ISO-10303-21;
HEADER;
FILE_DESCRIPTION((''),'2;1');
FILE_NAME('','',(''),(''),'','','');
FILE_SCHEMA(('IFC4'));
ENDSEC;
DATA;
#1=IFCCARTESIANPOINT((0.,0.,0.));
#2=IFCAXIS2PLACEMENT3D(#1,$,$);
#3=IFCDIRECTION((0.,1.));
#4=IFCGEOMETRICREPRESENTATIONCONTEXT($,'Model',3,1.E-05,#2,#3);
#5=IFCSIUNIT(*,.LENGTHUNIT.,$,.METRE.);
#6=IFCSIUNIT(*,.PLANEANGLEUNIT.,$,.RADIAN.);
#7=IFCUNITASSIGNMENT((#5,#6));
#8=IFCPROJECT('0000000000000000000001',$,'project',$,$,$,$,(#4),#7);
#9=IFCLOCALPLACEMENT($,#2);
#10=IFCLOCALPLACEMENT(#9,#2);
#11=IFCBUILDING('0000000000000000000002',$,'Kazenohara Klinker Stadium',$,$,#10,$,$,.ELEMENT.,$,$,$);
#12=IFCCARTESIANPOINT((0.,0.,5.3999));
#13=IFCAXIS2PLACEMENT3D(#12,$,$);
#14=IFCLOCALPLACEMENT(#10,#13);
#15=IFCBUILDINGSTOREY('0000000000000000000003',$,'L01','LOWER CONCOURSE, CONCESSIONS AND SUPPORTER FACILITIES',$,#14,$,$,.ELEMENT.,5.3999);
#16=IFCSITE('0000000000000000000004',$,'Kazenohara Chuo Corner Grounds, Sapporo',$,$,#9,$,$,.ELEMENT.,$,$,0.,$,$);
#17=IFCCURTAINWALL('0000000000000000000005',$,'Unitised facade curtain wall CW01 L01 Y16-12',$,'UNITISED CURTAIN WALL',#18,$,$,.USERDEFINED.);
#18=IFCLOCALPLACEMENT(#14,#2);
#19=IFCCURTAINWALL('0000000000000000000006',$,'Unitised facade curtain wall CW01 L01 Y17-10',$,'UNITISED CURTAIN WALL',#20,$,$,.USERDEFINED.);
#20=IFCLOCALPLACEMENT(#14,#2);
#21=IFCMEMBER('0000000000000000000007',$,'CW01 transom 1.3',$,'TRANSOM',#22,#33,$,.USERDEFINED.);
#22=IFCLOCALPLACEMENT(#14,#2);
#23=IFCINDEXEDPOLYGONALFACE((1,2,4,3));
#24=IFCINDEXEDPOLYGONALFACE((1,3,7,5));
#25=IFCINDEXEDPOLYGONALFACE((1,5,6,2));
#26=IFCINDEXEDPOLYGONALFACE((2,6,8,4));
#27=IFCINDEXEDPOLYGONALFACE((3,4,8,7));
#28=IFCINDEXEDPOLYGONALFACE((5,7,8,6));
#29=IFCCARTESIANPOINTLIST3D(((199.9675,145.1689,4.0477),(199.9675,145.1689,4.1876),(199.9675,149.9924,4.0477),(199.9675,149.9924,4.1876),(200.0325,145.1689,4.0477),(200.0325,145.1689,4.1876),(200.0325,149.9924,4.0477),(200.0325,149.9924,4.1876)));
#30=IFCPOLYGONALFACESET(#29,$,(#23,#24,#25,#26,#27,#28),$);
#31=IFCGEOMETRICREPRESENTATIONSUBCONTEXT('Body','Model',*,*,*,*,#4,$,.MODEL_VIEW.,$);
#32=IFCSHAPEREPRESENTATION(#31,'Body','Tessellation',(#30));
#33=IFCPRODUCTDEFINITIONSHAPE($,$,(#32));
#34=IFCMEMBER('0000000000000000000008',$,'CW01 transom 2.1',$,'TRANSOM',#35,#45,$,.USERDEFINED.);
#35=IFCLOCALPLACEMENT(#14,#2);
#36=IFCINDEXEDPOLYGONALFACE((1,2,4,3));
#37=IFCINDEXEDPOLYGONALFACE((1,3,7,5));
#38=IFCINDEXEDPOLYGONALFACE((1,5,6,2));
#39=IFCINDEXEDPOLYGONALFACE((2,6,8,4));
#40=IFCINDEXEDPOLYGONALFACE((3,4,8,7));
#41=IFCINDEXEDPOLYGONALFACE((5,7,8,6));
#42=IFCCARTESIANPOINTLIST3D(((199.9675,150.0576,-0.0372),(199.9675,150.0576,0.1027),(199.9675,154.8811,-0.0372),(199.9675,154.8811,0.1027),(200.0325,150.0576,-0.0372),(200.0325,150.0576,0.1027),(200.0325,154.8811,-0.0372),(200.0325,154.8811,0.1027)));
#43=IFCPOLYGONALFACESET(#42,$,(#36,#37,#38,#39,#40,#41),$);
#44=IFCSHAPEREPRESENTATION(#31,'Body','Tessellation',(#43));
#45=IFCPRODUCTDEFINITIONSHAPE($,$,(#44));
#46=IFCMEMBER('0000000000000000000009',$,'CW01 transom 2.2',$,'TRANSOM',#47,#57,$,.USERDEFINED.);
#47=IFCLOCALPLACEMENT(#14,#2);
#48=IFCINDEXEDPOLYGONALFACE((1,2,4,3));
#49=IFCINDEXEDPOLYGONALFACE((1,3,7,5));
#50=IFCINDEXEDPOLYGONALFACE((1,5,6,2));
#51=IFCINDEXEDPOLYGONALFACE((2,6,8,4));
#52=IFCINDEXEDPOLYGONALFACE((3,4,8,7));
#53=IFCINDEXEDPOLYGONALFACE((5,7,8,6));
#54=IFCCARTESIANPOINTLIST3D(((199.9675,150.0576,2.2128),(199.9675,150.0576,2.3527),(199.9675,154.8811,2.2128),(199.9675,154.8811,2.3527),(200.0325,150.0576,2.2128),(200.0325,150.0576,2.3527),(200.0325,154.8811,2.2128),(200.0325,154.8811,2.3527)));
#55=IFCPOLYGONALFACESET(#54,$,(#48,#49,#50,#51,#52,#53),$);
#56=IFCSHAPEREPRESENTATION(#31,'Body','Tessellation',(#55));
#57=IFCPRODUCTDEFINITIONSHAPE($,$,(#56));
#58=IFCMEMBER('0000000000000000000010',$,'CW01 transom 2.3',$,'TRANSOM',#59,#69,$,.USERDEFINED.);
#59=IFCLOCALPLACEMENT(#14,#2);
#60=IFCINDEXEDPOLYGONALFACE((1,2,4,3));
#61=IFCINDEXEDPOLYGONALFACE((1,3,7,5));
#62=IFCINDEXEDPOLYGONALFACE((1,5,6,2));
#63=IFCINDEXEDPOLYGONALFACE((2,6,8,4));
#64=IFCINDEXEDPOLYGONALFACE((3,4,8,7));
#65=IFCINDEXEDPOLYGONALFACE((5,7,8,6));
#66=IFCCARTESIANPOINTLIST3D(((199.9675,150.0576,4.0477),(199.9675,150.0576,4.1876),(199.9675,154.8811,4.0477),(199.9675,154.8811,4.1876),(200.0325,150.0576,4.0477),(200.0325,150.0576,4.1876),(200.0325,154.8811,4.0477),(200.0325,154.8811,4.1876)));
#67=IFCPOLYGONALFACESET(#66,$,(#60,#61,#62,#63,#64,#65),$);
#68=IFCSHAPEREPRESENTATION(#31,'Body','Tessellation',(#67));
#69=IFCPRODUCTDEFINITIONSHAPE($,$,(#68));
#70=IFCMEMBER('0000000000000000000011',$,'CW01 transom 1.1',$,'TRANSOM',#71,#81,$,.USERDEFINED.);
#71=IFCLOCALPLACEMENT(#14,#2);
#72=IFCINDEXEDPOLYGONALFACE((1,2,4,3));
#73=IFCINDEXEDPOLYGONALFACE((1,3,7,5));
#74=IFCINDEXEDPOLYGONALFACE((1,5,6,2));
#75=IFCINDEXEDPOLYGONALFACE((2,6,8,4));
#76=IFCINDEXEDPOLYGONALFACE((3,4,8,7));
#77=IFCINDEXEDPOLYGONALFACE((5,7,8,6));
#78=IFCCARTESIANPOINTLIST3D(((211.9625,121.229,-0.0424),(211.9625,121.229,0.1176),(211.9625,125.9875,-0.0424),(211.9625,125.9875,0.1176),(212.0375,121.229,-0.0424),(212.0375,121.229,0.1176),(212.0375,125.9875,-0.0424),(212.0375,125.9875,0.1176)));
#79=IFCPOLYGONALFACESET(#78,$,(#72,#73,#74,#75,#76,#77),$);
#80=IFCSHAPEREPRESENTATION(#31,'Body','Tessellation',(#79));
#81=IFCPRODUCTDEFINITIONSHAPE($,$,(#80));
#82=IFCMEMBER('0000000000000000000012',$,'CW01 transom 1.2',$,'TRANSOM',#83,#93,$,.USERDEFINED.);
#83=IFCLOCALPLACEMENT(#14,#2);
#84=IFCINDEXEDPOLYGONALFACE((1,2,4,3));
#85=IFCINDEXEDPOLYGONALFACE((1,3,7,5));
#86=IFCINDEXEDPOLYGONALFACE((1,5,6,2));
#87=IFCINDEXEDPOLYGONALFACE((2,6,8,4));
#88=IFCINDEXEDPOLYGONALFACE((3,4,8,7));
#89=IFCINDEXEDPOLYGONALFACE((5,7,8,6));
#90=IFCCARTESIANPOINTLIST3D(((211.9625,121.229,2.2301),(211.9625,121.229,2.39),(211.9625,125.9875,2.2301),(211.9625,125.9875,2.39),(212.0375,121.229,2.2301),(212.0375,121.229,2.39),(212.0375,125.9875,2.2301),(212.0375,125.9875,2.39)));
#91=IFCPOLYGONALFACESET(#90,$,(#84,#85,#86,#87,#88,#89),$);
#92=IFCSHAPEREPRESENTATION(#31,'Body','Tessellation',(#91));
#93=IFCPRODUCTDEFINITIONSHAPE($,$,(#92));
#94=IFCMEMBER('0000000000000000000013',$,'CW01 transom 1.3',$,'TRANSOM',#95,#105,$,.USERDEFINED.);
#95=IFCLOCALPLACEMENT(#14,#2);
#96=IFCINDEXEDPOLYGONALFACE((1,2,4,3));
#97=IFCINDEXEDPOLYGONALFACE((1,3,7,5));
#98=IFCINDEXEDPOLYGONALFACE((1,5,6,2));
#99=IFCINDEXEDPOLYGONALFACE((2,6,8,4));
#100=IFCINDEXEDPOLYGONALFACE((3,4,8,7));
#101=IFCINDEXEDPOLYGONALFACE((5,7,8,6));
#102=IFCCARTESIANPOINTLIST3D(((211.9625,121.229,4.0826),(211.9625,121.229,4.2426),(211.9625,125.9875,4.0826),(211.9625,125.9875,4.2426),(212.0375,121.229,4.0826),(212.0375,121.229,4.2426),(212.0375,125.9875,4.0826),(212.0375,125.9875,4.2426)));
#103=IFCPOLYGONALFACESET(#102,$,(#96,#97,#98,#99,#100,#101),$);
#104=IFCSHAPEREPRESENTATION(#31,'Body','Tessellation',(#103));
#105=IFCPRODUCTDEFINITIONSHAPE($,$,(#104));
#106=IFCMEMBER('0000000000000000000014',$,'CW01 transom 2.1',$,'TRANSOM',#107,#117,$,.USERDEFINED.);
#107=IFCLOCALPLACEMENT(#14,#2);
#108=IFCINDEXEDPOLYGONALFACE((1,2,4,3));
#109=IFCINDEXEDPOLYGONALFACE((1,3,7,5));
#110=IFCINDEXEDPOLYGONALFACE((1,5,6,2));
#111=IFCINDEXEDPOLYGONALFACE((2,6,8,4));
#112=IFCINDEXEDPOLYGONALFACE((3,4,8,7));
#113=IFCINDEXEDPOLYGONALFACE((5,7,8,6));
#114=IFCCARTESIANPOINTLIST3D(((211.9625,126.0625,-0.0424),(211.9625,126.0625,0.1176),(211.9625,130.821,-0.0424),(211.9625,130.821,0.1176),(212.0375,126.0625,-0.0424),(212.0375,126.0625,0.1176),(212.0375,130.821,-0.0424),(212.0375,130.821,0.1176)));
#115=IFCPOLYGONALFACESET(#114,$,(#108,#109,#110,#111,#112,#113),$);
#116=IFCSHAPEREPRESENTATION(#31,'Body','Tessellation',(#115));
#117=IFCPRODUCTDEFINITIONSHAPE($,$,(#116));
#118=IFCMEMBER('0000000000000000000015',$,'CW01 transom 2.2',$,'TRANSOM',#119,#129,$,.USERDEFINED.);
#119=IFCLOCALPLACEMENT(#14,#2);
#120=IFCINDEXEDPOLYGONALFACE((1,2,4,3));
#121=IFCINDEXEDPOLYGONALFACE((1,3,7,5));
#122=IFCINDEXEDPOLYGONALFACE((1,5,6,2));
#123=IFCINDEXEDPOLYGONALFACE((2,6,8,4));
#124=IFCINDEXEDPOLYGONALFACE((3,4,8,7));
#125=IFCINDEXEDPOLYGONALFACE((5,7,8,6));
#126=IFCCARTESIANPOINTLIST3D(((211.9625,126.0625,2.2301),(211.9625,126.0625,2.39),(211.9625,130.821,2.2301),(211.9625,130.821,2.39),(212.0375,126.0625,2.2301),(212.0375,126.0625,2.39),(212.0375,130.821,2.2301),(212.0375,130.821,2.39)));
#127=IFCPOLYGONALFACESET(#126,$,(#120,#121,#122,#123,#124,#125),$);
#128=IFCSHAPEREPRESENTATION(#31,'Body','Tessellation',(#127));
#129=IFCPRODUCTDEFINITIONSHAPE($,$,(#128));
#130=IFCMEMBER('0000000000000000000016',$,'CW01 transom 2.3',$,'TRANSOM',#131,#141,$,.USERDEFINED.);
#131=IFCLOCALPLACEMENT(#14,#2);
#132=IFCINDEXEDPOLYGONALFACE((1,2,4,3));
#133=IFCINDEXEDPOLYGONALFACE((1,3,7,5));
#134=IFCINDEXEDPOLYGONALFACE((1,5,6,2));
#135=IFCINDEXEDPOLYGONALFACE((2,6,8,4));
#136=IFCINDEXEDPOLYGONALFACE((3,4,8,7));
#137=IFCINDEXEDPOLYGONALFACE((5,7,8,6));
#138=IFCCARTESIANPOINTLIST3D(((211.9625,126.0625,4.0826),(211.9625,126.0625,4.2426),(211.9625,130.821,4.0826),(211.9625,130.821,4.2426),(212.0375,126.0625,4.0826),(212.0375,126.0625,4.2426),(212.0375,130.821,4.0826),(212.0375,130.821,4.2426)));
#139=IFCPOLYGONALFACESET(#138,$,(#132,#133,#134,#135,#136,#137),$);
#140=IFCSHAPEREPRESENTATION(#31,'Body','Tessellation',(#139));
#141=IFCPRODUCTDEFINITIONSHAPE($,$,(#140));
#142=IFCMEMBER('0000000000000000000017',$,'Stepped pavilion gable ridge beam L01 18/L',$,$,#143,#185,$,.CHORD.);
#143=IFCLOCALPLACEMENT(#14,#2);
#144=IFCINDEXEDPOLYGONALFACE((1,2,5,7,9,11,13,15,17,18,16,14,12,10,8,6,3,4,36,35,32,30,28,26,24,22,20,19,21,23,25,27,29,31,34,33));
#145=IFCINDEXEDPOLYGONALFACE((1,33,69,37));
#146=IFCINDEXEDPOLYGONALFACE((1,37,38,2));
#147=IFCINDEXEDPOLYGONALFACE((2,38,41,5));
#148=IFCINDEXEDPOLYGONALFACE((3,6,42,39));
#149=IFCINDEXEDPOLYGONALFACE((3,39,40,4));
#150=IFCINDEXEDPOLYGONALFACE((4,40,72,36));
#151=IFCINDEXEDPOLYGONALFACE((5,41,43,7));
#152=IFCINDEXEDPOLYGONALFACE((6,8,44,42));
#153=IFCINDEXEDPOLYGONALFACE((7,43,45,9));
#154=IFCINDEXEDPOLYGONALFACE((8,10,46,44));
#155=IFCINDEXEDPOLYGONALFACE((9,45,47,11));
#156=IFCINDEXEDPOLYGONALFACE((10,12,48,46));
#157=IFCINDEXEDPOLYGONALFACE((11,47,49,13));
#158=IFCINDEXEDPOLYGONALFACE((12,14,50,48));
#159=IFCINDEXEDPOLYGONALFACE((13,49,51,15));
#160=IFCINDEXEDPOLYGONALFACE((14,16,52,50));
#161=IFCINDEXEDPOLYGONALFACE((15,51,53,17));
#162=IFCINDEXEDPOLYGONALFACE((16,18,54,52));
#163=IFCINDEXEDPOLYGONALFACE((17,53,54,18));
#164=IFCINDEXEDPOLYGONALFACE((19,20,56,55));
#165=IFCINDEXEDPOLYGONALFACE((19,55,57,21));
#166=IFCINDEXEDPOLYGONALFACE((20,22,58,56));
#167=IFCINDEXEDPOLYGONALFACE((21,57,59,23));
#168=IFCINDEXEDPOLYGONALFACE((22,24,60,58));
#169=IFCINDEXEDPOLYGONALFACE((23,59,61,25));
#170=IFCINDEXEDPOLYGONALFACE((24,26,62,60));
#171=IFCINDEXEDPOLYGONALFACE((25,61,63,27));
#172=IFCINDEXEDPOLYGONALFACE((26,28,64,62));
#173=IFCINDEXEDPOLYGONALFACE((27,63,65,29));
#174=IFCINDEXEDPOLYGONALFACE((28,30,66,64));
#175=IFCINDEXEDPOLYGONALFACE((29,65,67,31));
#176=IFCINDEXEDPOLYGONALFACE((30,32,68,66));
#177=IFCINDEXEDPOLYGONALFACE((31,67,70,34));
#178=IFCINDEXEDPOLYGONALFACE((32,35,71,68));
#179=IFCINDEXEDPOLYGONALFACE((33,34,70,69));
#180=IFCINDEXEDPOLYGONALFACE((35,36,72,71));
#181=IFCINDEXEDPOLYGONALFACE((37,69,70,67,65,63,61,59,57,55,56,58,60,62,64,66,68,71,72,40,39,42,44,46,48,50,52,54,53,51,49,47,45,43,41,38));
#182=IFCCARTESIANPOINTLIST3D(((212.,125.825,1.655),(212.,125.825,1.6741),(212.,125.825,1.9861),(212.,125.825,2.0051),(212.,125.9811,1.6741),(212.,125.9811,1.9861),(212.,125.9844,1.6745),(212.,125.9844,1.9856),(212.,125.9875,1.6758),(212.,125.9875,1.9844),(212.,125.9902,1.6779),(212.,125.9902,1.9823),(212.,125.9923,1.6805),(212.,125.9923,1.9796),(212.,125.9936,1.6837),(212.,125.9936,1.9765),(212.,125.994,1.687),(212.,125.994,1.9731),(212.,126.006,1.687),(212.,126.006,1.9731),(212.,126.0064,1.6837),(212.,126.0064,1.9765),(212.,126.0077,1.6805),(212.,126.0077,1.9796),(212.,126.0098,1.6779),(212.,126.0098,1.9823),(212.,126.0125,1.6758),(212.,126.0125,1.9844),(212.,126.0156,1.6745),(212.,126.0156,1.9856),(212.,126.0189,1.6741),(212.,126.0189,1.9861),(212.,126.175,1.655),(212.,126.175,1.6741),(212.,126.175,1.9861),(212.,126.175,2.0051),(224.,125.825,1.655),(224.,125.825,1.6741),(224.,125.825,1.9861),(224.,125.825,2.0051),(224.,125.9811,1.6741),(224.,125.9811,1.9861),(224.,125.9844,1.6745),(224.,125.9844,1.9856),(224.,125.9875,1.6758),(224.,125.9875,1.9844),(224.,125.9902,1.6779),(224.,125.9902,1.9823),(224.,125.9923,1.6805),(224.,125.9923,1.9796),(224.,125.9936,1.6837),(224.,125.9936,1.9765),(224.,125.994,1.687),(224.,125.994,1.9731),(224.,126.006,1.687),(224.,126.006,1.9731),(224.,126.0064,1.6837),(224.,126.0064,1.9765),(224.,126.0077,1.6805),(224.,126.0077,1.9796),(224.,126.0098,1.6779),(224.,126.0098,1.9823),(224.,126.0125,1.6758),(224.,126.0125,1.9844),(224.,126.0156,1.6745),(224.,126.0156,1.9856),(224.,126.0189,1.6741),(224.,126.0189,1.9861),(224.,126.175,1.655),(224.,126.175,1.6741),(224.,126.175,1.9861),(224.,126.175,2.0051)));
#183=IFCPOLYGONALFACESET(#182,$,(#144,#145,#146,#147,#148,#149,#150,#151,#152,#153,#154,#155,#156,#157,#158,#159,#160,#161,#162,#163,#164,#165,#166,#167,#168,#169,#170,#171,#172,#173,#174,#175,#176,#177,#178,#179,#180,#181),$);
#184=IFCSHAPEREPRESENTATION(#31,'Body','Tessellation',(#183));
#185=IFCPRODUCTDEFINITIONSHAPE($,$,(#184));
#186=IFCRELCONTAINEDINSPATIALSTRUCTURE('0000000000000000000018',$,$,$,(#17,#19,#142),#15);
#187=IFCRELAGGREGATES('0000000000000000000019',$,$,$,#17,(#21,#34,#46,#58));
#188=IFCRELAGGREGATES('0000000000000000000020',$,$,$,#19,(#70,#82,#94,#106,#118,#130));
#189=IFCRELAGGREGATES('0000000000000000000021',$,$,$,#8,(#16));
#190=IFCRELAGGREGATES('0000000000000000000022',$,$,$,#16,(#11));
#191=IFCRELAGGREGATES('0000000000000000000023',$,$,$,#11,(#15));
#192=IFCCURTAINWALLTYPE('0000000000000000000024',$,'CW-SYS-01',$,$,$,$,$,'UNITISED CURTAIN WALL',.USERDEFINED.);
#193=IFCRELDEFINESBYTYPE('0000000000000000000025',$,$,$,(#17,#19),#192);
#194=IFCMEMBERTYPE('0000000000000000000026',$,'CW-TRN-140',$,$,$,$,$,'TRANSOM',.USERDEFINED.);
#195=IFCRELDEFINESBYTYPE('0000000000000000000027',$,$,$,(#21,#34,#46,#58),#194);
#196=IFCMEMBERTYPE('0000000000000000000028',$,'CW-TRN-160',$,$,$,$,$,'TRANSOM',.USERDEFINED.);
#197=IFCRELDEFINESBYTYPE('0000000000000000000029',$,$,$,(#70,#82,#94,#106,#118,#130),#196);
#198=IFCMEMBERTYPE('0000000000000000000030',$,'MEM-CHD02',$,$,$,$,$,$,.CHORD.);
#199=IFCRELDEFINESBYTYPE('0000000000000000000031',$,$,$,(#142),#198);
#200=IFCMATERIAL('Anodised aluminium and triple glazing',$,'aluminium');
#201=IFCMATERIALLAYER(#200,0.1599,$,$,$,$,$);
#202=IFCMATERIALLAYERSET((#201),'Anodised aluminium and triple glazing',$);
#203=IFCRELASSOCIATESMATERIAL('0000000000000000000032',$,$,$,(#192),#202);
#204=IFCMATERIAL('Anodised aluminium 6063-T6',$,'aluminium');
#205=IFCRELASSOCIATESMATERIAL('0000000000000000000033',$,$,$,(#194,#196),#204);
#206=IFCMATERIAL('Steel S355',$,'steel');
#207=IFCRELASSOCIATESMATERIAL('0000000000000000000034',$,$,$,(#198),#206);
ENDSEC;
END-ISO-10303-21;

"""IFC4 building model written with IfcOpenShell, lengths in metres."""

from ifc_helpers import new_model, si_unit, direction, frame, origin, origin_2d, place, context, subcontext, project, spatial, rectangle, i_section, extrude, material, layer, layer_set, material_profile, profile_set, type_object, element, aggregate, save


model = new_model("IFC4")

# Units and contexts
model_context = context("Model", 3, precision=1e-05, world=origin(), true_north=direction((0.0, 1.0)))
body_context = subcontext(model_context, "Body", "Model", "MODEL_VIEW")
ifc_project = project(units=[si_unit("LENGTHUNIT", "METRE"), si_unit("PLANEANGLEUNIT", "RADIAN")], contexts=[model_context])

# Site, building, storey
site_placement = place(None, origin())
site = spatial("IfcSite", under=ifc_project, at=site_placement, Name="Kazenohara Chuo Corner Grounds, Sapporo", CompositionType="ELEMENT", RefElevation=0.0)
building_placement = place(site_placement, origin())
building = spatial("IfcBuilding", under=site, at=building_placement, Name="Kazenohara Klinker Stadium", CompositionType="ELEMENT")
storey_placement = place(building_placement, frame((0.0, 0.0, 5.3999)))
storey = spatial("IfcBuildingStorey", under=building, at=storey_placement, Name="L01", Description="LOWER CONCOURSE, CONCESSIONS AND SUPPORTER FACILITIES", CompositionType="ELEMENT", Elevation=5.3999)

# Shared definitions
ifc_material_1 = material(Name="Steel S355", Category="steel")

# Curtain walls
ifc_material_2 = material(Name="Anodised aluminium and triple glazing", Category="aluminium")
ifc_layer_1 = layer(ifc_material_2, 0.1599)
ifc_layer_set_1 = layer_set([ifc_layer_1], Name="Anodised aluminium and triple glazing")
curtain_wall_type = type_object("IfcCurtainWallType", Name="CW-SYS-01", ElementType="UNITISED CURTAIN WALL", PredefinedType="USERDEFINED", material=ifc_layer_set_1)
curtain_wall_1_placement = place(storey_placement, origin())
curtain_wall_1 = element("IfcCurtainWall", 1, at=curtain_wall_1_placement, inside=storey, type_object=curtain_wall_type, Name="Unitised facade curtain wall CW01 L01 Y16-12", ObjectType="UNITISED CURTAIN WALL", PredefinedType="USERDEFINED")
ifc_material_3 = material(Name="Anodised aluminium 6063-T6", Category="aluminium")
curtain_wall_2_placement = place(storey_placement, origin())
curtain_wall_2 = element("IfcCurtainWall", 2, at=curtain_wall_2_placement, inside=storey, type_object=curtain_wall_type, Name="Unitised facade curtain wall CW01 L01 Y17-10", ObjectType="UNITISED CURTAIN WALL", PredefinedType="USERDEFINED")

# Members
ifc_material_profile_1 = material_profile(ifc_material_3, rectangle(XDim=0.0649, YDim=0.1399, at=origin_2d()), Name="ALU-TRN-65x140")
ifc_profile_set_1 = profile_set([ifc_material_profile_1], Name="Anodised aluminium 6063-T6")
member_type_1 = type_object("IfcMemberType", Name="CW-TRN-140", ElementType="TRANSOM", PredefinedType="USERDEFINED", material=ifc_profile_set_1)
member_1_placement = place(storey_placement, frame((200.0, 145.1689, 4.1177), z_axis=(0.0, 1.0, 0.0), x_axis=(-1.0, 0.0, 0.0)))
member_1 = element("IfcMember", 3, at=member_1_placement, type_object=member_type_1, Name="CW01 transom 1.3", ObjectType="TRANSOM", PredefinedType="USERDEFINED", context=body_context, shape_type="SweptSolid", body=[
    extrude(rectangle(XDim=0.0649, YDim=0.1399, at=origin_2d()), origin(), (0.0, 0.0, 1.0), 4.8235),
])
member_2_placement = place(storey_placement, frame((200.0, 150.0576, 0.0327), z_axis=(0.0, 1.0, 0.0), x_axis=(-1.0, 0.0, 0.0)))
member_2 = element("IfcMember", 4, at=member_2_placement, type_object=member_type_1, Name="CW01 transom 2.1", ObjectType="TRANSOM", PredefinedType="USERDEFINED", context=body_context, shape_type="SweptSolid", body=[
    extrude(rectangle(XDim=0.0649, YDim=0.1399, at=origin_2d()), origin(), (0.0, 0.0, 1.0), 4.8235),
])
member_3_placement = place(storey_placement, frame((200.0, 150.0576, 2.2827), z_axis=(0.0, 1.0, 0.0), x_axis=(-1.0, 0.0, 0.0)))
member_3 = element("IfcMember", 5, at=member_3_placement, type_object=member_type_1, Name="CW01 transom 2.2", ObjectType="TRANSOM", PredefinedType="USERDEFINED", context=body_context, shape_type="SweptSolid", body=[
    extrude(rectangle(XDim=0.0649, YDim=0.1399, at=origin_2d()), origin(), (0.0, 0.0, 1.0), 4.8235),
])
member_4_placement = place(storey_placement, frame((200.0, 150.0576, 4.1177), z_axis=(0.0, 1.0, 0.0), x_axis=(-1.0, 0.0, 0.0)))
member_4 = element("IfcMember", 6, at=member_4_placement, type_object=member_type_1, Name="CW01 transom 2.3", ObjectType="TRANSOM", PredefinedType="USERDEFINED", context=body_context, shape_type="SweptSolid", body=[
    extrude(rectangle(XDim=0.0649, YDim=0.1399, at=origin_2d()), origin(), (0.0, 0.0, 1.0), 4.8235),
])
ifc_material_profile_2 = material_profile(ifc_material_3, rectangle(XDim=0.075, YDim=0.1599, at=origin_2d()), Name="ALU-TRN-75x160")
ifc_profile_set_2 = profile_set([ifc_material_profile_2], Name="Anodised aluminium 6063-T6")
member_type_2 = type_object("IfcMemberType", Name="CW-TRN-160", ElementType="TRANSOM", PredefinedType="USERDEFINED", material=ifc_profile_set_2)
member_5_placement = place(storey_placement, frame((212.0, 121.229, 0.0376), z_axis=(0.0, 1.0, 0.0), x_axis=(-1.0, 0.0, 0.0)))
member_5 = element("IfcMember", 7, at=member_5_placement, type_object=member_type_2, Name="CW01 transom 1.1", ObjectType="TRANSOM", PredefinedType="USERDEFINED", context=body_context, shape_type="SweptSolid", body=[
    extrude(rectangle(XDim=0.075, YDim=0.1599, at=origin_2d()), origin(), (0.0, 0.0, 1.0), 4.7585),
])
member_6_placement = place(storey_placement, frame((212.0, 121.229, 2.3101), z_axis=(0.0, 1.0, 0.0), x_axis=(-1.0, 0.0, 0.0)))
member_6 = element("IfcMember", 8, at=member_6_placement, type_object=member_type_2, Name="CW01 transom 1.2", ObjectType="TRANSOM", PredefinedType="USERDEFINED", context=body_context, shape_type="SweptSolid", body=[
    extrude(rectangle(XDim=0.075, YDim=0.1599, at=origin_2d()), origin(), (0.0, 0.0, 1.0), 4.7585),
])
member_7_placement = place(storey_placement, frame((212.0, 121.229, 4.1626), z_axis=(0.0, 1.0, 0.0), x_axis=(-1.0, 0.0, 0.0)))
member_7 = element("IfcMember", 9, at=member_7_placement, type_object=member_type_2, Name="CW01 transom 1.3", ObjectType="TRANSOM", PredefinedType="USERDEFINED", context=body_context, shape_type="SweptSolid", body=[
    extrude(rectangle(XDim=0.075, YDim=0.1599, at=origin_2d()), origin(), (0.0, 0.0, 1.0), 4.7585),
])
member_8_placement = place(storey_placement, frame((212.0, 126.0625, 0.0376), z_axis=(0.0, 1.0, 0.0), x_axis=(-1.0, 0.0, 0.0)))
member_8 = element("IfcMember", 10, at=member_8_placement, type_object=member_type_2, Name="CW01 transom 2.1", ObjectType="TRANSOM", PredefinedType="USERDEFINED", context=body_context, shape_type="SweptSolid", body=[
    extrude(rectangle(XDim=0.075, YDim=0.1599, at=origin_2d()), origin(), (0.0, 0.0, 1.0), 4.7585),
])
member_9_placement = place(storey_placement, frame((212.0, 126.0625, 2.3101), z_axis=(0.0, 1.0, 0.0), x_axis=(-1.0, 0.0, 0.0)))
member_9 = element("IfcMember", 11, at=member_9_placement, type_object=member_type_2, Name="CW01 transom 2.2", ObjectType="TRANSOM", PredefinedType="USERDEFINED", context=body_context, shape_type="SweptSolid", body=[
    extrude(rectangle(XDim=0.075, YDim=0.1599, at=origin_2d()), origin(), (0.0, 0.0, 1.0), 4.7585),
])
member_10_placement = place(storey_placement, frame((212.0, 126.0625, 4.1626), z_axis=(0.0, 1.0, 0.0), x_axis=(-1.0, 0.0, 0.0)))
member_10 = element("IfcMember", 12, at=member_10_placement, type_object=member_type_2, Name="CW01 transom 2.3", ObjectType="TRANSOM", PredefinedType="USERDEFINED", context=body_context, shape_type="SweptSolid", body=[
    extrude(rectangle(XDim=0.075, YDim=0.1599, at=origin_2d()), origin(), (0.0, 0.0, 1.0), 4.7585),
])

# Member
ifc_material_profile_3 = material_profile(ifc_material_1, i_section(OverallWidth=0.3501, OverallDepth=0.3501, WebThickness=0.012, FlangeThickness=0.019, FilletRadius=0.0129, at=origin_2d()), Name="H-350x350x12x19")
ifc_profile_set_3 = profile_set([ifc_material_profile_3], Name="Steel S355")
member_type_3 = type_object("IfcMemberType", Name="MEM-CHD02", PredefinedType="CHORD", material=ifc_profile_set_3)
member_11_placement = place(storey_placement, frame((212.0, 126.0, 1.8301), z_axis=(1.0, 0.0, 0.0), x_axis=(0.0, 1.0, 0.0)))
element("IfcMember", 13, at=member_11_placement, inside=storey, type_object=member_type_3, Name="Stepped pavilion gable ridge beam L01 18/L", PredefinedType="CHORD", context=body_context, shape_type="SweptSolid", body=[
    extrude(i_section(OverallWidth=0.3501, OverallDepth=0.3501, WebThickness=0.012, FlangeThickness=0.019, FilletRadius=0.0129, at=origin_2d()), origin(), (0.0, 0.0, 1.0), 12.0),
])

aggregate(curtain_wall_1, [member_1, member_2, member_3, member_4])
aggregate(curtain_wall_2, [member_5, member_6, member_7, member_8, member_9, member_10])

save(model, "model.ifc")
